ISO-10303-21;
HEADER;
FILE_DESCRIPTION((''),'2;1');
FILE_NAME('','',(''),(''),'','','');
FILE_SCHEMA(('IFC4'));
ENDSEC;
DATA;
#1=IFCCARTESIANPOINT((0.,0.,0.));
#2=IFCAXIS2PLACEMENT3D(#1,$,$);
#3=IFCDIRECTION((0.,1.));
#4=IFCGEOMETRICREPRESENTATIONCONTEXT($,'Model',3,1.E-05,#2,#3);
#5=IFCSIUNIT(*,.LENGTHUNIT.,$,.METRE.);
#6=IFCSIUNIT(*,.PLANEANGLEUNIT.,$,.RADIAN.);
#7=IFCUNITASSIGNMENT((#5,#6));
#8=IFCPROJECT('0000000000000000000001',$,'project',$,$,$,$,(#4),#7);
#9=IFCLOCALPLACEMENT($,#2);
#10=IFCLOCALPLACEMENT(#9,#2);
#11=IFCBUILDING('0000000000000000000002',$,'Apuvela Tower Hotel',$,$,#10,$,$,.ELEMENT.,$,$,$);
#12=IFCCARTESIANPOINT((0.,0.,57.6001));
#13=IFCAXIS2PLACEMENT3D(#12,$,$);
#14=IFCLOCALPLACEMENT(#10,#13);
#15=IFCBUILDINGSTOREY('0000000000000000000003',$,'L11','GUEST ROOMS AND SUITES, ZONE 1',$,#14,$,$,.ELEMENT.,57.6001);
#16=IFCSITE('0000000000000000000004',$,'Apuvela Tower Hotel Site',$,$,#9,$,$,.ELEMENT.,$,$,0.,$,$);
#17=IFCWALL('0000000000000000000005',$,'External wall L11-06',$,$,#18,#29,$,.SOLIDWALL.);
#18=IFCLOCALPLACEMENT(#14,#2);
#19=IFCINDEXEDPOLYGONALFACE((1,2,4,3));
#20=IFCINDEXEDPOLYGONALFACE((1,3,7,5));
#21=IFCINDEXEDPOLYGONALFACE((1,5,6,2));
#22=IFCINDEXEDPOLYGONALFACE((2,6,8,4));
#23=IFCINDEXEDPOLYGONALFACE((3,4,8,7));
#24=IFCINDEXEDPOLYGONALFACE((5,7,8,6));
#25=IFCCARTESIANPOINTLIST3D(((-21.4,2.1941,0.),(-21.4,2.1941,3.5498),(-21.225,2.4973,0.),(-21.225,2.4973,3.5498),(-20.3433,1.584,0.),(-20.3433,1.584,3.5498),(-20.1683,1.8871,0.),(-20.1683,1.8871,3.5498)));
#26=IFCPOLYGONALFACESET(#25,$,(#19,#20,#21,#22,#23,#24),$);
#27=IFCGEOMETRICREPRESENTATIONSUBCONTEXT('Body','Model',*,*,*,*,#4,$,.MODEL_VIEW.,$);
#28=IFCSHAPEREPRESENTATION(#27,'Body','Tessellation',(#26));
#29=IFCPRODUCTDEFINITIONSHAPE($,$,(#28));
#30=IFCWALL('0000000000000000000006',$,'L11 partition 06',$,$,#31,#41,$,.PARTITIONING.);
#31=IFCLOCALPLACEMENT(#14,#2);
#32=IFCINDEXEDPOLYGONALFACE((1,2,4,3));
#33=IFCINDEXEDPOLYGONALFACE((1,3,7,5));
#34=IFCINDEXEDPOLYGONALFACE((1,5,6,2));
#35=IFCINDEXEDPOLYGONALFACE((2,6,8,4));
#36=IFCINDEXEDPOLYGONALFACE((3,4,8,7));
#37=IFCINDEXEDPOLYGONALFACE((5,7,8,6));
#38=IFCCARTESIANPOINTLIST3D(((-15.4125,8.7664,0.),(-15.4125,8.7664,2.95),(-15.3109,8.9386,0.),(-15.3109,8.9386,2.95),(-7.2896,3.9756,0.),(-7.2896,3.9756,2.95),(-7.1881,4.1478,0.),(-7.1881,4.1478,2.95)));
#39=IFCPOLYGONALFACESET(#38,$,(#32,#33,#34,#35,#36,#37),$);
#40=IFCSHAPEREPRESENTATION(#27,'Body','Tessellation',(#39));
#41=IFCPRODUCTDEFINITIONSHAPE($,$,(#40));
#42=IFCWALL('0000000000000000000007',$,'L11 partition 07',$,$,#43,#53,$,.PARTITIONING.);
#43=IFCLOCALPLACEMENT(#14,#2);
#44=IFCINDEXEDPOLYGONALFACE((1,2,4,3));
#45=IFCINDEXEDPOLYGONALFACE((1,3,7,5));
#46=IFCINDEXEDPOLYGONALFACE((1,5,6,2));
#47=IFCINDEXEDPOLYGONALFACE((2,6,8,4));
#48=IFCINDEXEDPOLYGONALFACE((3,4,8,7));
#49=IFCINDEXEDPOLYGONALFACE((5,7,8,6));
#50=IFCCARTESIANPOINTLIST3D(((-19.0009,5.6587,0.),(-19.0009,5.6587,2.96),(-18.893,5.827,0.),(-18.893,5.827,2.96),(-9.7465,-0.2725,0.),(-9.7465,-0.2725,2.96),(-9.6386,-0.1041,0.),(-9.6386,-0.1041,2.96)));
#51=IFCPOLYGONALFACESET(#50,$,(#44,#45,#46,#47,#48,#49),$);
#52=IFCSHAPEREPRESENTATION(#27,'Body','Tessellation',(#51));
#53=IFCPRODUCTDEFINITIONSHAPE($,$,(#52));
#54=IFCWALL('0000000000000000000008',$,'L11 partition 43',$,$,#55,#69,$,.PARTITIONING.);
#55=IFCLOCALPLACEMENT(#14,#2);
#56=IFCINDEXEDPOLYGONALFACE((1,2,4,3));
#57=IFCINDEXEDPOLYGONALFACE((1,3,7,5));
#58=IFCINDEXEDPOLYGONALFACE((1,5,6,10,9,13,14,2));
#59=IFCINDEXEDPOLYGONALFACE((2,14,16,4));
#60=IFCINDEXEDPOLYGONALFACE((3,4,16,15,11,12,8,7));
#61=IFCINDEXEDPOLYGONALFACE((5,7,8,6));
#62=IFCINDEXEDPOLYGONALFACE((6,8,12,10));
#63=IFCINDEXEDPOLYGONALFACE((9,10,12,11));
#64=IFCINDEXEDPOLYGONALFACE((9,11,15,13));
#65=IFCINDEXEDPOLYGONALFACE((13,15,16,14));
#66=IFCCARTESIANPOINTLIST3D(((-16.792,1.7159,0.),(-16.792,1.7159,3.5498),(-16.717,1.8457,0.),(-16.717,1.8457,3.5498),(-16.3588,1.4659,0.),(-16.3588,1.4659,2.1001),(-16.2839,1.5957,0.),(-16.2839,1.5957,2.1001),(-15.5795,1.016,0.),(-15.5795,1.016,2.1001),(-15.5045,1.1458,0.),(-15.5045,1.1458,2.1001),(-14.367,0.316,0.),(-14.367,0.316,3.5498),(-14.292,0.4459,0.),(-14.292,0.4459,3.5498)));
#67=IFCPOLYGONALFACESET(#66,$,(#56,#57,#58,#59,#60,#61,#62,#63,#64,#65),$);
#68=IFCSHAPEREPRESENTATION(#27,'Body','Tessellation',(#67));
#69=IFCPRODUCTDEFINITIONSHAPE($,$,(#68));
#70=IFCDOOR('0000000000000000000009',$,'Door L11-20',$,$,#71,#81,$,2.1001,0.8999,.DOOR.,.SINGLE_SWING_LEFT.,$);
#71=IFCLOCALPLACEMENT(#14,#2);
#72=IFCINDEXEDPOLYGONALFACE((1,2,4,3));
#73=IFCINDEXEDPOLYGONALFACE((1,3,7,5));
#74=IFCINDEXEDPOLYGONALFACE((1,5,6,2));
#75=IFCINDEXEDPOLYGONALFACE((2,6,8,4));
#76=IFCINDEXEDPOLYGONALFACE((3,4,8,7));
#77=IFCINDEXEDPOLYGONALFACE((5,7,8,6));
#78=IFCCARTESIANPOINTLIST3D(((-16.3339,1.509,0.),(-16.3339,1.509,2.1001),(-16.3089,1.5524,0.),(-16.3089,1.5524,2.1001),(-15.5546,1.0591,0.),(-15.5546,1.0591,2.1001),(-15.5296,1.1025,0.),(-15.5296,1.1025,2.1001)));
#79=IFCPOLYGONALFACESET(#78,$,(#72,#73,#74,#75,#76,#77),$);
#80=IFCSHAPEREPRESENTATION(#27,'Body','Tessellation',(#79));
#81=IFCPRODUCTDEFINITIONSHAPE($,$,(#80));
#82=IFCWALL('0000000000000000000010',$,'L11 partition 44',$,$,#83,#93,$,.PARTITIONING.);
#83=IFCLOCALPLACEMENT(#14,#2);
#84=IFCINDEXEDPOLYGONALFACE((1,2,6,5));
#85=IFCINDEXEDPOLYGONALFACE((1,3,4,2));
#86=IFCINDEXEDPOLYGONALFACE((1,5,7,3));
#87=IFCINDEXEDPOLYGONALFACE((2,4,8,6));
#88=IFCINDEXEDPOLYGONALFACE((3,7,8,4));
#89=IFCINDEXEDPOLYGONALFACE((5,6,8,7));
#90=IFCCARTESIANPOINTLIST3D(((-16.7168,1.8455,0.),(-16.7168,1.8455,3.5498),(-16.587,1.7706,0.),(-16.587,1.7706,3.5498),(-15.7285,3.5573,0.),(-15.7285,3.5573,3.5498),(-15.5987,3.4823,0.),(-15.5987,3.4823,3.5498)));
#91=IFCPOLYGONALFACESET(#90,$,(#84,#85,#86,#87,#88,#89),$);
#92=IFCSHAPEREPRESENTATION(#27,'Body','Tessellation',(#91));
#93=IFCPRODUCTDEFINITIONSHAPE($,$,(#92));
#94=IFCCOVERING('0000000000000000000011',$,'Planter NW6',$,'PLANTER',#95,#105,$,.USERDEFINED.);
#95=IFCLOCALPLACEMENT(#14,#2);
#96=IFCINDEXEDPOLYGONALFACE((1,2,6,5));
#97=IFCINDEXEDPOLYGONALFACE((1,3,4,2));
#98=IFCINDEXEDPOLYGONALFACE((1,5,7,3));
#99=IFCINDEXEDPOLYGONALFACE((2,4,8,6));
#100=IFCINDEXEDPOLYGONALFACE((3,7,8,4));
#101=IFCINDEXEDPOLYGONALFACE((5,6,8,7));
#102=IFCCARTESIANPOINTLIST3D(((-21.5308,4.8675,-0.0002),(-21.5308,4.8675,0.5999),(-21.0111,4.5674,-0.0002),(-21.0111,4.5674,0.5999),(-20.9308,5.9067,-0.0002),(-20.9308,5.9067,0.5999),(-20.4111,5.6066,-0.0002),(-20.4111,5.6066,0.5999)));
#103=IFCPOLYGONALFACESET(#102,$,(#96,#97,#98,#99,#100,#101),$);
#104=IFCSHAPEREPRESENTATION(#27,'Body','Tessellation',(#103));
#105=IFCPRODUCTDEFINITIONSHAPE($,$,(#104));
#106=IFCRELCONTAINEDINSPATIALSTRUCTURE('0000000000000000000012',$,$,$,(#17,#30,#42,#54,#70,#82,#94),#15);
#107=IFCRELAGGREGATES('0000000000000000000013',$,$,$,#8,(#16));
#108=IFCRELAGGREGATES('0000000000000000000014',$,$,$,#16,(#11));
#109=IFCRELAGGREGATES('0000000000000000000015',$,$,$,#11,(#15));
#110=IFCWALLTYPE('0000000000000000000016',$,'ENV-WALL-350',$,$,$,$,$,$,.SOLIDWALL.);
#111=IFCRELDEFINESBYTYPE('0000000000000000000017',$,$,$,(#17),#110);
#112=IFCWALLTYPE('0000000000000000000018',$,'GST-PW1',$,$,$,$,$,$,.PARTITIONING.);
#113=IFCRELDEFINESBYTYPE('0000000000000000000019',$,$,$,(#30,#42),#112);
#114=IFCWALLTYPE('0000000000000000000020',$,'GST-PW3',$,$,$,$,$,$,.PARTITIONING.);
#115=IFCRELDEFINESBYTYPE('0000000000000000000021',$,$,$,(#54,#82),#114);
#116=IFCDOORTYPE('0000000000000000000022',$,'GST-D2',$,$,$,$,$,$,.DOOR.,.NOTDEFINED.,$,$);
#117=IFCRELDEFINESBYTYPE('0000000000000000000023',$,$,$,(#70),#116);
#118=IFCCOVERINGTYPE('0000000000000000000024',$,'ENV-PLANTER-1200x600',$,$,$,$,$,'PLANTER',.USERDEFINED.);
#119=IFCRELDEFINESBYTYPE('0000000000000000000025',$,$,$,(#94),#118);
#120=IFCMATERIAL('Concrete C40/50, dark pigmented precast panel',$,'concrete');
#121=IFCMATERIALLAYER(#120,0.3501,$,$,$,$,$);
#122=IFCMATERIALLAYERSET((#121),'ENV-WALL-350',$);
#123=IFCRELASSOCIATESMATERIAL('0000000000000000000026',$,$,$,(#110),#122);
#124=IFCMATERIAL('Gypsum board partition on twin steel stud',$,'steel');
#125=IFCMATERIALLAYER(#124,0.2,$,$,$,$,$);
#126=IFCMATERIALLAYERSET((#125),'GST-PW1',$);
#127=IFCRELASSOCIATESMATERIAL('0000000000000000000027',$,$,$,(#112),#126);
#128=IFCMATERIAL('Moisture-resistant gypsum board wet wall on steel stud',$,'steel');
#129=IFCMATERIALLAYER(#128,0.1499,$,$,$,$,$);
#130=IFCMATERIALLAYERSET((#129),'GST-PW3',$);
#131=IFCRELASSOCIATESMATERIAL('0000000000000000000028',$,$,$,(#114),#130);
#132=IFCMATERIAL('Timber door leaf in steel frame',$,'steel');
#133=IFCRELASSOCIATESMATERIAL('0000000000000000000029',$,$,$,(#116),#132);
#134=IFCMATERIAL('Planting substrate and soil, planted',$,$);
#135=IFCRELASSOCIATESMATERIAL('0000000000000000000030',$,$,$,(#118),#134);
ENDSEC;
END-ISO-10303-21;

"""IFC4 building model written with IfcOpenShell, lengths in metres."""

from ifc_helpers import new_model, si_unit, direction, frame, frame_2d, origin, origin_2d, place, context, subcontext, project, spatial, rectangle, extrude, material, layer, layer_set, type_object, element, fill, save


model = new_model("IFC4")

# Units and contexts
model_context = context("Model", 3, precision=1e-05, world=origin(), true_north=direction((0.0, 1.0)))
body_context = subcontext(model_context, "Body", "Model", "MODEL_VIEW")
ifc_project = project(units=[si_unit("LENGTHUNIT", "METRE"), si_unit("PLANEANGLEUNIT", "RADIAN")], contexts=[model_context])

# Site, building, storey
site_placement = place(None, origin())
site = spatial("IfcSite", under=ifc_project, at=site_placement, Name="Apuvela Tower Hotel Site", CompositionType="ELEMENT", RefElevation=0.0)
building_placement = place(site_placement, origin())
building = spatial("IfcBuilding", under=site, at=building_placement, Name="Apuvela Tower Hotel", CompositionType="ELEMENT")
storey_placement = place(building_placement, frame((0.0, 0.0, 57.6001)))
storey = spatial("IfcBuildingStorey", under=building, at=storey_placement, Name="L11", Description="GUEST ROOMS AND SUITES, ZONE 1", CompositionType="ELEMENT", Elevation=57.6001)

# Shared definitions
ifc_material_1 = material(Name="Concrete C40/50, dark pigmented precast panel", Category="concrete")
ifc_layer_1 = layer(ifc_material_1, 0.3501)
ifc_layer_set_1 = layer_set([ifc_layer_1], Name="ENV-WALL-350")
wall_type_1 = type_object("IfcWallType", Name="ENV-WALL-350", PredefinedType="SOLIDWALL", material=ifc_layer_set_1)

# Wall
wall_1_placement = place(storey_placement, frame((-21.3125, 2.3457, 0.0), z_axis=(0.0, 0.0, 1.0), x_axis=(0.866006, -0.500034, 0.0)))
element("IfcWall", 1, at=wall_1_placement, inside=storey, type_object=wall_type_1, Name="External wall L11-06", PredefinedType="SOLIDWALL", context=body_context, shape_type="SweptSolid", body=[
    extrude(rectangle(XDim=1.2202, YDim=0.3501, at=frame_2d((0.6101, 0.0))), origin(), (0.0, 0.0, 1.0), 3.5498),
])

# Walls
ifc_material_2 = material(Name="Gypsum board partition on twin steel stud", Category="steel")
ifc_layer_2 = layer(ifc_material_2, 0.2)
ifc_layer_set_2 = layer_set([ifc_layer_2], Name="GST-PW1")
wall_type_2 = type_object("IfcWallType", Name="GST-PW1", PredefinedType="PARTITIONING", material=ifc_layer_set_2)
wall_2_placement = place(storey_placement, frame((-15.3618, 8.8525, 0.0), z_axis=(0.0, 0.0, 1.0), x_axis=(0.861347, -0.508017, 0.0)))
element("IfcWall", 2, at=wall_2_placement, inside=storey, type_object=wall_type_2, Name="L11 partition 06", PredefinedType="PARTITIONING", context=body_context, shape_type="SweptSolid", body=[
    extrude(rectangle(XDim=9.4304, YDim=0.2, at=frame_2d((4.7153, 0.0))), origin(), (0.0, 0.0, 1.0), 2.95),
])
wall_3_placement = place(storey_placement, frame((-18.947, 5.7429, 0.0), z_axis=(0.0, 0.0, 1.0), x_axis=(0.841927, -0.539592, 0.0)))
element("IfcWall", 3, at=wall_3_placement, inside=storey, type_object=wall_type_2, Name="L11 partition 07", PredefinedType="PARTITIONING", context=body_context, shape_type="SweptSolid", body=[
    extrude(rectangle(XDim=10.9919, YDim=0.2, at=frame_2d((5.4961, 0.0))), origin(), (0.0, 0.0, 1.0), 2.96),
])

# Wall, opening, door
ifc_material_3 = material(Name="Moisture-resistant gypsum board wet wall on steel stud", Category="steel")
ifc_layer_3 = layer(ifc_material_3, 0.1499)
ifc_layer_set_3 = layer_set([ifc_layer_3], Name="GST-PW3")
wall_type_3 = type_object("IfcWallType", Name="GST-PW3", PredefinedType="PARTITIONING", material=ifc_layer_set_3)
wall_4_placement = place(storey_placement, frame((-16.7544, 1.7808, 0.0), z_axis=(0.0, 0.0, 1.0), x_axis=(0.866056, -0.499946, 0.0)))
wall_4 = element("IfcWall", 4, at=wall_4_placement, inside=storey, type_object=wall_type_3, Name="L11 partition 43", PredefinedType="PARTITIONING", context=body_context, shape_type="SweptSolid", body=[
    extrude(rectangle(XDim=2.8, YDim=0.1499, at=frame_2d((1.3999, 0.0))), origin(), (0.0, 0.0, 1.0), 3.5498),
])
opening_1_placement = place(wall_4_placement, frame((0.5, 0.0, 0.0)))
opening_1 = element("IfcOpeningElement", 5, at=opening_1_placement, cuts=wall_4, PredefinedType="OPENING", context=body_context, shape_type="SweptSolid", body=[
    extrude(rectangle(XDim=0.8999, YDim=2.1001, at=frame_2d((0.45, 1.05))), frame((0.0, 0.085, 0.0), z_axis=(0.0, -1.0, 0.0), x_axis=(1.0, 0.0, 0.0)), (0.0, 0.0, 1.0), 0.1699),
])
ifc_material_4 = material(Name="Timber door leaf in steel frame", Category="steel")
door_type_1 = type_object("IfcDoorType", Name="GST-D2", OperationType="NOTDEFINED", PredefinedType="DOOR", material=ifc_material_4)
door_1_placement = place(opening_1_placement, origin())
door_1 = element("IfcDoor", 6, at=door_1_placement, inside=storey, type_object=door_type_1, Name="Door L11-20", OperationType="SINGLE_SWING_LEFT", OverallHeight=2.1001, OverallWidth=0.8999, PredefinedType="DOOR", context=body_context, shape_type="SweptSolid", body=[
    extrude(rectangle(XDim=0.8999, YDim=2.1001, at=frame_2d((0.45, 1.05))), frame((0.0, 0.0249, 0.0), z_axis=(0.0, -1.0, 0.0), x_axis=(1.0, 0.0, 0.0)), (0.0, 0.0, 1.0), 0.05),
])
fill(opening_1, door_1)

# Wall
wall_5_placement = place(storey_placement, frame((-15.6636, 3.5198, 0.0), z_axis=(0.0, 0.0, 1.0), x_axis=(-0.500018, -0.866015, 0.0)))
element("IfcWall", 7, at=wall_5_placement, inside=storey, type_object=wall_type_3, Name="L11 partition 44", PredefinedType="PARTITIONING", context=body_context, shape_type="SweptSolid", body=[
    extrude(rectangle(XDim=1.9766, YDim=0.1499, at=frame_2d((0.9883, 0.0))), origin(), (0.0, 0.0, 1.0), 3.5498),
])

# Covering
ifc_material_5 = material(Name="Planting substrate and soil, planted")
covering_type = type_object("IfcCoveringType", Name="ENV-PLANTER-1200x600", ElementType="PLANTER", PredefinedType="USERDEFINED", material=ifc_material_5)
covering_placement = place(storey_placement, frame((-20.9709, 5.2371, -0.0002), z_axis=(0.0, 0.0, 1.0), x_axis=(-0.5, -0.866025, 0.0)))
element("IfcCovering", 8, at=covering_placement, inside=storey, type_object=covering_type, Name="Planter NW6", ObjectType="PLANTER", PredefinedType="USERDEFINED", context=body_context, shape_type="SweptSolid", body=[
    extrude(rectangle(XDim=1.2, YDim=0.6001, at=origin_2d()), origin(), (0.0, 0.0, 1.0), 0.6001),
])

save(model, "model.ifc")
